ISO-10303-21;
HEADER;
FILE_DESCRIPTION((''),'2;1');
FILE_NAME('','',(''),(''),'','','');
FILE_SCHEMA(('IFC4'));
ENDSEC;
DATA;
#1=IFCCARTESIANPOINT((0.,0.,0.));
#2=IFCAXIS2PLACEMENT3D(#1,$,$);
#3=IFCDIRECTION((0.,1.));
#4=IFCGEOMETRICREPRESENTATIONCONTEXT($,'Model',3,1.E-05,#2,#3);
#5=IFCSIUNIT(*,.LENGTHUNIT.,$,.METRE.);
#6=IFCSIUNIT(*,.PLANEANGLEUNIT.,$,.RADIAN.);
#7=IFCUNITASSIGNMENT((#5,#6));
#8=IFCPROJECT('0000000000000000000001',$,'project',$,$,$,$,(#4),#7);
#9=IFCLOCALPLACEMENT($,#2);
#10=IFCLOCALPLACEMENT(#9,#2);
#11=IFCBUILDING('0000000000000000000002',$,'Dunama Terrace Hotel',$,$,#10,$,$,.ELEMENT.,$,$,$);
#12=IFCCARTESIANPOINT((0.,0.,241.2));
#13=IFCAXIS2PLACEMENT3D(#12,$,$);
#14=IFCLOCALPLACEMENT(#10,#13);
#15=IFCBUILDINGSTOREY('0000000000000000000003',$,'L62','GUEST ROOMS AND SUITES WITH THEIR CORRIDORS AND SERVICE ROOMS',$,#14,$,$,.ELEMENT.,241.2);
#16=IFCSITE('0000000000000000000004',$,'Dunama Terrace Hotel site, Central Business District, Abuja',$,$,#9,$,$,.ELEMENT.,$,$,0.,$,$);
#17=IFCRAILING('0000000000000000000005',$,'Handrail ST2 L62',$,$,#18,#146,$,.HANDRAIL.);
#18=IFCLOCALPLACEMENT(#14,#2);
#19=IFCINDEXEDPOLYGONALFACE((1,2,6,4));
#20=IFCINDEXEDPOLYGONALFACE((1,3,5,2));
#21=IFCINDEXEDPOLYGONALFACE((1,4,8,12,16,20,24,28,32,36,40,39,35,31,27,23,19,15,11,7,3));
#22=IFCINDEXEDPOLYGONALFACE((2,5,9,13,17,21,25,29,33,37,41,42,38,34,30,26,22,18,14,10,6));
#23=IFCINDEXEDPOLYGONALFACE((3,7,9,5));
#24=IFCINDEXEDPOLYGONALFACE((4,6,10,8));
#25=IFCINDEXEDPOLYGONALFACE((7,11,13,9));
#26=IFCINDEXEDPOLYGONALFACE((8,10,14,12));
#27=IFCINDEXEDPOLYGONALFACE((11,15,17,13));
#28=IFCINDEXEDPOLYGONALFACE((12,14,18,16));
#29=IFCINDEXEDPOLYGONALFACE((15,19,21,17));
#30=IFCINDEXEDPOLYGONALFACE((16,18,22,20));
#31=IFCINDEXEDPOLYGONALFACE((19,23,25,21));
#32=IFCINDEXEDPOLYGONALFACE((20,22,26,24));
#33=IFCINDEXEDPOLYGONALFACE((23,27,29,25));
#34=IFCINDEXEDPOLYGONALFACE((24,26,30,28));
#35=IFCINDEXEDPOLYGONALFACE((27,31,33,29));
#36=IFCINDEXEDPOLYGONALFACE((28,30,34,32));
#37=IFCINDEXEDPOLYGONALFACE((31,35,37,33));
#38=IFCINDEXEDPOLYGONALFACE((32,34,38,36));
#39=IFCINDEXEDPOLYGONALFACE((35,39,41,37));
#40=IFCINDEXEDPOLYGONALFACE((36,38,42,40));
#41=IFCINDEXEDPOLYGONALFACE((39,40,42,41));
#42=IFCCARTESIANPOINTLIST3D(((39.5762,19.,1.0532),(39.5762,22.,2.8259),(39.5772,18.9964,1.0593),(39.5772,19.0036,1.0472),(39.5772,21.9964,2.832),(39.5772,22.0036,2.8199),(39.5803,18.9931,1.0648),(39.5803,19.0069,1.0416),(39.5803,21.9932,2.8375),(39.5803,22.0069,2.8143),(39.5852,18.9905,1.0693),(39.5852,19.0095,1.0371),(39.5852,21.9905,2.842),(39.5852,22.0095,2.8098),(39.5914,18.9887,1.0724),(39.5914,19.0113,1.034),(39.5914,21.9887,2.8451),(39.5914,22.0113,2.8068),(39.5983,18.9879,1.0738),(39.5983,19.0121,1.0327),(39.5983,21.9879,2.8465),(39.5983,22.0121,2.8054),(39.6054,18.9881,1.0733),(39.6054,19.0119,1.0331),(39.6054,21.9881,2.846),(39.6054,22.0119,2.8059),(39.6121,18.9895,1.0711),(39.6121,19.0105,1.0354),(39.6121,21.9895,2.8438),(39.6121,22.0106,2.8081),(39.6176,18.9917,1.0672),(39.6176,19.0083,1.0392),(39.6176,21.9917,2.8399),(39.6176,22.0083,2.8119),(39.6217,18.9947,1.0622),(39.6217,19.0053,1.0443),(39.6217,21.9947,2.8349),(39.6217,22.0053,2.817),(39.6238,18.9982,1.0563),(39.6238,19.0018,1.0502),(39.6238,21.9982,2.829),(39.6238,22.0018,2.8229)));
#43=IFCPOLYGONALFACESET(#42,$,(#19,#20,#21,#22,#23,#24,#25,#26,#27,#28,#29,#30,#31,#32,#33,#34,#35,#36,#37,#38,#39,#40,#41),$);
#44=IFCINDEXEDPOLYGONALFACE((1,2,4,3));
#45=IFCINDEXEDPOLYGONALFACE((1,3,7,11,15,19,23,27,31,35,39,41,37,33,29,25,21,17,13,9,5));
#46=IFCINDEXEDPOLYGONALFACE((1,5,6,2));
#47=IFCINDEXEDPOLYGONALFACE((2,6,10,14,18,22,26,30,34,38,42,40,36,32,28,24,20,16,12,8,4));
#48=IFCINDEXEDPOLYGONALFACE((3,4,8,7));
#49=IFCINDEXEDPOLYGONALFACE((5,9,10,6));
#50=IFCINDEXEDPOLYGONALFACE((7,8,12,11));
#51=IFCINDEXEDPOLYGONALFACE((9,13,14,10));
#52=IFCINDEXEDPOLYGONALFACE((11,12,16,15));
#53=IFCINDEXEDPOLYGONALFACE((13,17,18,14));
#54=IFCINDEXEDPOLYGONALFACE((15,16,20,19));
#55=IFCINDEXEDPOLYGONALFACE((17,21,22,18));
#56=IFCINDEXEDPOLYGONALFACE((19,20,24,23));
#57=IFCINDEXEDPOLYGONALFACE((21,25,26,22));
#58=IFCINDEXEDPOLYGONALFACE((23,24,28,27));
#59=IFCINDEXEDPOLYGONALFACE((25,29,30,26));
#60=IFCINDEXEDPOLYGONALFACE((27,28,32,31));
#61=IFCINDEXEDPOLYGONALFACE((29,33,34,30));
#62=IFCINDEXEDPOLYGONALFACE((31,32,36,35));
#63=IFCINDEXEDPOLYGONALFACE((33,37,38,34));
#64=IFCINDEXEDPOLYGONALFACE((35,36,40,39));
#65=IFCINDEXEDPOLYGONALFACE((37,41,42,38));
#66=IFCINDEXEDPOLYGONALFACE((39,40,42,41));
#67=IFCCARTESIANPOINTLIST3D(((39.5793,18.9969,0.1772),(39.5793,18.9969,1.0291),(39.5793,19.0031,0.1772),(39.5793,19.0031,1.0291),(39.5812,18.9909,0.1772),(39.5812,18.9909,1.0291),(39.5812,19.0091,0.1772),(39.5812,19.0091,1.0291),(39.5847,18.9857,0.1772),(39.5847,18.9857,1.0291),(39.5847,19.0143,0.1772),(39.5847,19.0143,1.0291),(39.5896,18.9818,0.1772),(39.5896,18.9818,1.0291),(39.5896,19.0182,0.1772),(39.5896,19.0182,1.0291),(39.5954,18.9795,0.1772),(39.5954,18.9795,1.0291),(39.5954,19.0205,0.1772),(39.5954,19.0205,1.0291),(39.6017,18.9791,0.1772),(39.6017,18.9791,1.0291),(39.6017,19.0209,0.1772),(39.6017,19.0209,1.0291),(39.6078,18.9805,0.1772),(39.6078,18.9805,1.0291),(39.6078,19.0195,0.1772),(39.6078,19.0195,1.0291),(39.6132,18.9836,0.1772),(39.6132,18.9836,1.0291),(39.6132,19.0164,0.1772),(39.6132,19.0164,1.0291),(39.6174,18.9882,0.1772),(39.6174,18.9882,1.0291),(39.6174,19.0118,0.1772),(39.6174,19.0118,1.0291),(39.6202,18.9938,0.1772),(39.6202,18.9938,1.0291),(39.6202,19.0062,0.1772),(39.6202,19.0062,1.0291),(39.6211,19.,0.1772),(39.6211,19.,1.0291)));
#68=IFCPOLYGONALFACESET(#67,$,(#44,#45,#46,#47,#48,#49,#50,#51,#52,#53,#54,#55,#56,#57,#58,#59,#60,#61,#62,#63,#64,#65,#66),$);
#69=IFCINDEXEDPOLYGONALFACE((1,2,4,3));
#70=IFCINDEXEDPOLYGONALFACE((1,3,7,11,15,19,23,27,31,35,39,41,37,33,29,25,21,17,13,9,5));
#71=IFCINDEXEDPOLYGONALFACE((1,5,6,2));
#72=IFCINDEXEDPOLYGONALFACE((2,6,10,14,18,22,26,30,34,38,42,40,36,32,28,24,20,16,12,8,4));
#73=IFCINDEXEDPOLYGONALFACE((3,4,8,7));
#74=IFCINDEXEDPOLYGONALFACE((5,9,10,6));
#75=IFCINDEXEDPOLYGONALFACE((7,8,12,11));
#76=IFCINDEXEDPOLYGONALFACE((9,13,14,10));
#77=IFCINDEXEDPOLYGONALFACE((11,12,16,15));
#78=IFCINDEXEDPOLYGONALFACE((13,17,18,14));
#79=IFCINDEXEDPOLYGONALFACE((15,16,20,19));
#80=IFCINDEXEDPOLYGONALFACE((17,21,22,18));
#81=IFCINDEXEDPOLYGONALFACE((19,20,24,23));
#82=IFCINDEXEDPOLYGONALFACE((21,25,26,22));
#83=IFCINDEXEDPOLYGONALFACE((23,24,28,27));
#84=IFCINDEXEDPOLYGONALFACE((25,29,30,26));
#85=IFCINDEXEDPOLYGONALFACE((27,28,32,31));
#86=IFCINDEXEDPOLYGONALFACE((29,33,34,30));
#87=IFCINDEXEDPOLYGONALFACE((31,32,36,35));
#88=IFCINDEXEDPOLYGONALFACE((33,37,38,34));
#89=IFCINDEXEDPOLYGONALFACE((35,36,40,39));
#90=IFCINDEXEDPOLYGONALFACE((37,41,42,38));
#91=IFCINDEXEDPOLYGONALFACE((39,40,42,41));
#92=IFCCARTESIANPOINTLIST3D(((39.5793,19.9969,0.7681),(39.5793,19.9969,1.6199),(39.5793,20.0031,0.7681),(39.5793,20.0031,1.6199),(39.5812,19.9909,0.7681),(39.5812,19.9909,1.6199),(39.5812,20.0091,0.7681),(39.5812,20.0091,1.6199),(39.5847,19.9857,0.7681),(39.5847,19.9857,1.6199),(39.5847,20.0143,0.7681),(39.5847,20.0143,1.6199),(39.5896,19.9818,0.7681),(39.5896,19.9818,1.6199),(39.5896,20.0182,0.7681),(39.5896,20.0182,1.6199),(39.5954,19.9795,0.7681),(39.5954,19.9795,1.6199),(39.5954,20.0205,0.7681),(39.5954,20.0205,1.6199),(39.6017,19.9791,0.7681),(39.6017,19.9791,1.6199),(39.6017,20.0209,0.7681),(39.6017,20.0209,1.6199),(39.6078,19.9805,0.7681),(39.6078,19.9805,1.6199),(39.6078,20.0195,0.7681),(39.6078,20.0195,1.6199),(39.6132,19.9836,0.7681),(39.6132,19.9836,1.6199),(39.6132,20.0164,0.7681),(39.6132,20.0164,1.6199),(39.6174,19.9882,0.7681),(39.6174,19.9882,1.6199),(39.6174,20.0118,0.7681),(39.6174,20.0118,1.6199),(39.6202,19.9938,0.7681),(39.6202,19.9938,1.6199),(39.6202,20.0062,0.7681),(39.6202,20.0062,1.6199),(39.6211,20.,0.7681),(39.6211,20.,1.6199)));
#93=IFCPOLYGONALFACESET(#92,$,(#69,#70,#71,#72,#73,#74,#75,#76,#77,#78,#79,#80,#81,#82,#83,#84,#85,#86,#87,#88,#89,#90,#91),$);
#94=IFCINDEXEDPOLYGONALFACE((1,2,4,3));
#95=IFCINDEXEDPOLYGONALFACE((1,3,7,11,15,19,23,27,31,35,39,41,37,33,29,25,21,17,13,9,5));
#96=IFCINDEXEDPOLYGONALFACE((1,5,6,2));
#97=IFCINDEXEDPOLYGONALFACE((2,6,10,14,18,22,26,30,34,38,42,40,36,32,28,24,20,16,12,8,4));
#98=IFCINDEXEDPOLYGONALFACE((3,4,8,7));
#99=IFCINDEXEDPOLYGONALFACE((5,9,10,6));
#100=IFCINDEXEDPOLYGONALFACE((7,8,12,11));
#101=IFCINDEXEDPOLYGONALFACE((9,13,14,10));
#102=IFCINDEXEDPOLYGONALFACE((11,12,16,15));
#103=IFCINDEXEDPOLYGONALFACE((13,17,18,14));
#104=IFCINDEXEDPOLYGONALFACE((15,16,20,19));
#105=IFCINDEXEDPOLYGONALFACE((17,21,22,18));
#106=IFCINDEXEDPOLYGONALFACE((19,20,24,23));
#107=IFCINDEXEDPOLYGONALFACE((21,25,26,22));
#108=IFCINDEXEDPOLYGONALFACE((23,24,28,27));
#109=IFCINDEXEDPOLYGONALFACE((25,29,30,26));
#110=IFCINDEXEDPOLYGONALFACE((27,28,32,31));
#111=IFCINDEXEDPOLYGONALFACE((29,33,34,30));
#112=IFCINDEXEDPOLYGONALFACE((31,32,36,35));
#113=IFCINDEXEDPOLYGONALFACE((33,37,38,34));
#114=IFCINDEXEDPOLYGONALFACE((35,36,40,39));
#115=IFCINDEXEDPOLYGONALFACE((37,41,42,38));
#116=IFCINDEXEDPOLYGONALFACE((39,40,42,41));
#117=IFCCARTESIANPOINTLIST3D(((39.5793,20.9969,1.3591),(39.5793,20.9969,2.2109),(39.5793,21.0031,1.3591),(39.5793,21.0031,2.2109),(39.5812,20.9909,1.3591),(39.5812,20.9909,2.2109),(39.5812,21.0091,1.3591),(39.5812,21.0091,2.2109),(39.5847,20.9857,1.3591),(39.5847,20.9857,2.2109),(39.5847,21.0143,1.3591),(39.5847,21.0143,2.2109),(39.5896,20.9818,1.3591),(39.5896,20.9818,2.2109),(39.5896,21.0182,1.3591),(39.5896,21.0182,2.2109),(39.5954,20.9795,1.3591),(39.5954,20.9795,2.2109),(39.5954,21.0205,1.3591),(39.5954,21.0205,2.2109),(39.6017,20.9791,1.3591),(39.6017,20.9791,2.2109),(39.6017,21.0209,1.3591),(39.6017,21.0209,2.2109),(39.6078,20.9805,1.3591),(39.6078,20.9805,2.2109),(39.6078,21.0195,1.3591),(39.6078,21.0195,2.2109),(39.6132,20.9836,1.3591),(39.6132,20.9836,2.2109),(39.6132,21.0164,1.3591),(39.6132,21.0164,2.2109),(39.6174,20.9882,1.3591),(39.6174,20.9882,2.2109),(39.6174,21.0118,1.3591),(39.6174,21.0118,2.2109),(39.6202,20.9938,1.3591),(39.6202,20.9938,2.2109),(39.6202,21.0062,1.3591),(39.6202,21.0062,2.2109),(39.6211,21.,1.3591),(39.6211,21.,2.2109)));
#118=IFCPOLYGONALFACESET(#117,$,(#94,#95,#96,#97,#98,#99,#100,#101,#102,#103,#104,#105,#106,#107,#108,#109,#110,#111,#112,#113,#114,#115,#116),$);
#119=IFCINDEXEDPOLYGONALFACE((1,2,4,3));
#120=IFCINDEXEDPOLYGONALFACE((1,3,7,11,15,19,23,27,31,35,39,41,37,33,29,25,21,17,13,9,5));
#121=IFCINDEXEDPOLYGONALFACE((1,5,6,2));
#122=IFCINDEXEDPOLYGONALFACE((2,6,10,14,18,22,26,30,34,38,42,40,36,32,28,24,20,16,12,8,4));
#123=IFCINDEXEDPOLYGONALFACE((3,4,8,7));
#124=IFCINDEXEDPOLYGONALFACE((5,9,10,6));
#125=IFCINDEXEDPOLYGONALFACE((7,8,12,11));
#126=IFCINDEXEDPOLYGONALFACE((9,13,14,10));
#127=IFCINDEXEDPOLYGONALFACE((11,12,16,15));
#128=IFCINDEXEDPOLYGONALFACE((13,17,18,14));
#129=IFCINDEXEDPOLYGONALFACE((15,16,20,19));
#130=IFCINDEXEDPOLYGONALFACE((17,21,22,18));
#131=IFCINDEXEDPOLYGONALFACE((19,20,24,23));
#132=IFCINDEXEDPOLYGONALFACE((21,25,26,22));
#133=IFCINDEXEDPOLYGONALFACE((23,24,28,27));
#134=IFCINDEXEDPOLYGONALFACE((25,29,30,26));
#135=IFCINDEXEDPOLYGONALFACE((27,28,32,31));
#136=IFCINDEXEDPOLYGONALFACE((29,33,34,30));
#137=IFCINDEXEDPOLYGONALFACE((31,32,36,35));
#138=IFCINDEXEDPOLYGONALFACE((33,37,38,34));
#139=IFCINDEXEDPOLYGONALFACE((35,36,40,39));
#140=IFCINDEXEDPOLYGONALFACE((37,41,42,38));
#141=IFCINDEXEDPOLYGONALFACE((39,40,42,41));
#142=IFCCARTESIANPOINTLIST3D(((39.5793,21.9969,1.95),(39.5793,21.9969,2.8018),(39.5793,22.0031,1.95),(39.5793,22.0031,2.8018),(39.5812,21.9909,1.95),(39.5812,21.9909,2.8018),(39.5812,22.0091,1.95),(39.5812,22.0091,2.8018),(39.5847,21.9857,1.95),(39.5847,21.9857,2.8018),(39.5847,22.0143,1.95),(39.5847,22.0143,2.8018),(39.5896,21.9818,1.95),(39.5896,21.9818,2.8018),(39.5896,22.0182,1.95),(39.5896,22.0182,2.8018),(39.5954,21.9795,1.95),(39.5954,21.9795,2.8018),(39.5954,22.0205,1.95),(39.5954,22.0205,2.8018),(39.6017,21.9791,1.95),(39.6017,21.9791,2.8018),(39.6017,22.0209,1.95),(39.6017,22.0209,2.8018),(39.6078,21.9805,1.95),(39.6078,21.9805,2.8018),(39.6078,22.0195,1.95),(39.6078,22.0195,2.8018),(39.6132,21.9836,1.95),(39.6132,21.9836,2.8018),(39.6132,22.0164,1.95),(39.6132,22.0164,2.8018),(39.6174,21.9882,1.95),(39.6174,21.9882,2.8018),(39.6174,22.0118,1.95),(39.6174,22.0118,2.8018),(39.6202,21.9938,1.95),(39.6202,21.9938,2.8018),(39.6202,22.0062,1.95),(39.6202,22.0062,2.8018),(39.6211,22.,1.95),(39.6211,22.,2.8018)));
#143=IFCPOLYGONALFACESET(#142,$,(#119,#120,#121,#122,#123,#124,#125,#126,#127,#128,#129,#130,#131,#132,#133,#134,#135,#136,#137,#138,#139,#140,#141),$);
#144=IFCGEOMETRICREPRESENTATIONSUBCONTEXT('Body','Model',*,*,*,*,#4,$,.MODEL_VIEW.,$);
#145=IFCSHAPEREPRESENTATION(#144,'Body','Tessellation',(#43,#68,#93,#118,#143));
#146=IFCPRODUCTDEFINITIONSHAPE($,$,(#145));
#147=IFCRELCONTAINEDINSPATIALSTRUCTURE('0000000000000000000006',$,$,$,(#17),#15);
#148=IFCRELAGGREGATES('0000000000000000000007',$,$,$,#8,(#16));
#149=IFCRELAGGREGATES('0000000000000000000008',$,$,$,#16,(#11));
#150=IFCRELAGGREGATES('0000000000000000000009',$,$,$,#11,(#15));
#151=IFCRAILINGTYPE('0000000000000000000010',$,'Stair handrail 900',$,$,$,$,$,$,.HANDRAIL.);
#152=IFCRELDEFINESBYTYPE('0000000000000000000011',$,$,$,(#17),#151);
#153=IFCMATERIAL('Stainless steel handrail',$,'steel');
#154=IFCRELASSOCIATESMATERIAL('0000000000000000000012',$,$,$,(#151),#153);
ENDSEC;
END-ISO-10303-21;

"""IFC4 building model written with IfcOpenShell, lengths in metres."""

from ifc_helpers import new_model, si_unit, direction, frame, origin, origin_2d, place, context, subcontext, project, spatial, circle, extrude, material, type_object, element, save


model = new_model("IFC4")

# Units and contexts
model_context = context("Model", 3, precision=1e-05, world=origin(), true_north=direction((0.0, 1.0)))
body_context = subcontext(model_context, "Body", "Model", "MODEL_VIEW")
ifc_project = project(units=[si_unit("LENGTHUNIT", "METRE"), si_unit("PLANEANGLEUNIT", "RADIAN")], contexts=[model_context])

# Site, building, storey
site_placement = place(None, origin())
site = spatial("IfcSite", under=ifc_project, at=site_placement, Name="Dunama Terrace Hotel site, Central Business District, Abuja", CompositionType="ELEMENT", RefElevation=0.0)
building_placement = place(site_placement, origin())
building = spatial("IfcBuilding", under=site, at=building_placement, Name="Dunama Terrace Hotel", CompositionType="ELEMENT")
storey_placement = place(building_placement, frame((0.0, 0.0, 241.2)))
storey = spatial("IfcBuildingStorey", under=building, at=storey_placement, Name="L62", Description="GUEST ROOMS AND SUITES WITH THEIR CORRIDORS AND SERVICE ROOMS", CompositionType="ELEMENT", Elevation=241.2)

# Railing
ifc_material_1 = material(Name="Stainless steel handrail", Category="steel")
railing_type_1 = type_object("IfcRailingType", Name="Stair handrail 900", PredefinedType="HANDRAIL", material=ifc_material_1)
railing_1_placement = place(storey_placement, frame((39.6001, 19.0, 0.1772)))
element("IfcRailing", 1, at=railing_1_placement, inside=storey, type_object=railing_type_1, Name="Handrail ST2 L62", PredefinedType="HANDRAIL", context=body_context, shape_type="SweptSolid", body=[
    extrude(circle(Radius=0.0239, at=origin_2d()), frame((0.0, 0.0, 0.876), z_axis=(0.0, 0.860929, 0.508725), x_axis=(-1.0, 0.0, 0.0)), (0.0, 0.0, 1.0), 3.4846),
    extrude(circle(Radius=0.021, at=origin_2d()), origin(), (0.0, 0.0, 1.0), 0.8518),
    extrude(circle(Radius=0.021, at=origin_2d()), frame((0.0, 1.0, 0.5908)), (0.0, 0.0, 1.0), 0.8518),
    extrude(circle(Radius=0.021, at=origin_2d()), frame((0.0, 2.0, 1.1819)), (0.0, 0.0, 1.0), 0.8518),
    extrude(circle(Radius=0.021, at=origin_2d()), frame((0.0, 3.0, 1.7727)), (0.0, 0.0, 1.0), 0.8518),
])

save(model, "model.ifc")
